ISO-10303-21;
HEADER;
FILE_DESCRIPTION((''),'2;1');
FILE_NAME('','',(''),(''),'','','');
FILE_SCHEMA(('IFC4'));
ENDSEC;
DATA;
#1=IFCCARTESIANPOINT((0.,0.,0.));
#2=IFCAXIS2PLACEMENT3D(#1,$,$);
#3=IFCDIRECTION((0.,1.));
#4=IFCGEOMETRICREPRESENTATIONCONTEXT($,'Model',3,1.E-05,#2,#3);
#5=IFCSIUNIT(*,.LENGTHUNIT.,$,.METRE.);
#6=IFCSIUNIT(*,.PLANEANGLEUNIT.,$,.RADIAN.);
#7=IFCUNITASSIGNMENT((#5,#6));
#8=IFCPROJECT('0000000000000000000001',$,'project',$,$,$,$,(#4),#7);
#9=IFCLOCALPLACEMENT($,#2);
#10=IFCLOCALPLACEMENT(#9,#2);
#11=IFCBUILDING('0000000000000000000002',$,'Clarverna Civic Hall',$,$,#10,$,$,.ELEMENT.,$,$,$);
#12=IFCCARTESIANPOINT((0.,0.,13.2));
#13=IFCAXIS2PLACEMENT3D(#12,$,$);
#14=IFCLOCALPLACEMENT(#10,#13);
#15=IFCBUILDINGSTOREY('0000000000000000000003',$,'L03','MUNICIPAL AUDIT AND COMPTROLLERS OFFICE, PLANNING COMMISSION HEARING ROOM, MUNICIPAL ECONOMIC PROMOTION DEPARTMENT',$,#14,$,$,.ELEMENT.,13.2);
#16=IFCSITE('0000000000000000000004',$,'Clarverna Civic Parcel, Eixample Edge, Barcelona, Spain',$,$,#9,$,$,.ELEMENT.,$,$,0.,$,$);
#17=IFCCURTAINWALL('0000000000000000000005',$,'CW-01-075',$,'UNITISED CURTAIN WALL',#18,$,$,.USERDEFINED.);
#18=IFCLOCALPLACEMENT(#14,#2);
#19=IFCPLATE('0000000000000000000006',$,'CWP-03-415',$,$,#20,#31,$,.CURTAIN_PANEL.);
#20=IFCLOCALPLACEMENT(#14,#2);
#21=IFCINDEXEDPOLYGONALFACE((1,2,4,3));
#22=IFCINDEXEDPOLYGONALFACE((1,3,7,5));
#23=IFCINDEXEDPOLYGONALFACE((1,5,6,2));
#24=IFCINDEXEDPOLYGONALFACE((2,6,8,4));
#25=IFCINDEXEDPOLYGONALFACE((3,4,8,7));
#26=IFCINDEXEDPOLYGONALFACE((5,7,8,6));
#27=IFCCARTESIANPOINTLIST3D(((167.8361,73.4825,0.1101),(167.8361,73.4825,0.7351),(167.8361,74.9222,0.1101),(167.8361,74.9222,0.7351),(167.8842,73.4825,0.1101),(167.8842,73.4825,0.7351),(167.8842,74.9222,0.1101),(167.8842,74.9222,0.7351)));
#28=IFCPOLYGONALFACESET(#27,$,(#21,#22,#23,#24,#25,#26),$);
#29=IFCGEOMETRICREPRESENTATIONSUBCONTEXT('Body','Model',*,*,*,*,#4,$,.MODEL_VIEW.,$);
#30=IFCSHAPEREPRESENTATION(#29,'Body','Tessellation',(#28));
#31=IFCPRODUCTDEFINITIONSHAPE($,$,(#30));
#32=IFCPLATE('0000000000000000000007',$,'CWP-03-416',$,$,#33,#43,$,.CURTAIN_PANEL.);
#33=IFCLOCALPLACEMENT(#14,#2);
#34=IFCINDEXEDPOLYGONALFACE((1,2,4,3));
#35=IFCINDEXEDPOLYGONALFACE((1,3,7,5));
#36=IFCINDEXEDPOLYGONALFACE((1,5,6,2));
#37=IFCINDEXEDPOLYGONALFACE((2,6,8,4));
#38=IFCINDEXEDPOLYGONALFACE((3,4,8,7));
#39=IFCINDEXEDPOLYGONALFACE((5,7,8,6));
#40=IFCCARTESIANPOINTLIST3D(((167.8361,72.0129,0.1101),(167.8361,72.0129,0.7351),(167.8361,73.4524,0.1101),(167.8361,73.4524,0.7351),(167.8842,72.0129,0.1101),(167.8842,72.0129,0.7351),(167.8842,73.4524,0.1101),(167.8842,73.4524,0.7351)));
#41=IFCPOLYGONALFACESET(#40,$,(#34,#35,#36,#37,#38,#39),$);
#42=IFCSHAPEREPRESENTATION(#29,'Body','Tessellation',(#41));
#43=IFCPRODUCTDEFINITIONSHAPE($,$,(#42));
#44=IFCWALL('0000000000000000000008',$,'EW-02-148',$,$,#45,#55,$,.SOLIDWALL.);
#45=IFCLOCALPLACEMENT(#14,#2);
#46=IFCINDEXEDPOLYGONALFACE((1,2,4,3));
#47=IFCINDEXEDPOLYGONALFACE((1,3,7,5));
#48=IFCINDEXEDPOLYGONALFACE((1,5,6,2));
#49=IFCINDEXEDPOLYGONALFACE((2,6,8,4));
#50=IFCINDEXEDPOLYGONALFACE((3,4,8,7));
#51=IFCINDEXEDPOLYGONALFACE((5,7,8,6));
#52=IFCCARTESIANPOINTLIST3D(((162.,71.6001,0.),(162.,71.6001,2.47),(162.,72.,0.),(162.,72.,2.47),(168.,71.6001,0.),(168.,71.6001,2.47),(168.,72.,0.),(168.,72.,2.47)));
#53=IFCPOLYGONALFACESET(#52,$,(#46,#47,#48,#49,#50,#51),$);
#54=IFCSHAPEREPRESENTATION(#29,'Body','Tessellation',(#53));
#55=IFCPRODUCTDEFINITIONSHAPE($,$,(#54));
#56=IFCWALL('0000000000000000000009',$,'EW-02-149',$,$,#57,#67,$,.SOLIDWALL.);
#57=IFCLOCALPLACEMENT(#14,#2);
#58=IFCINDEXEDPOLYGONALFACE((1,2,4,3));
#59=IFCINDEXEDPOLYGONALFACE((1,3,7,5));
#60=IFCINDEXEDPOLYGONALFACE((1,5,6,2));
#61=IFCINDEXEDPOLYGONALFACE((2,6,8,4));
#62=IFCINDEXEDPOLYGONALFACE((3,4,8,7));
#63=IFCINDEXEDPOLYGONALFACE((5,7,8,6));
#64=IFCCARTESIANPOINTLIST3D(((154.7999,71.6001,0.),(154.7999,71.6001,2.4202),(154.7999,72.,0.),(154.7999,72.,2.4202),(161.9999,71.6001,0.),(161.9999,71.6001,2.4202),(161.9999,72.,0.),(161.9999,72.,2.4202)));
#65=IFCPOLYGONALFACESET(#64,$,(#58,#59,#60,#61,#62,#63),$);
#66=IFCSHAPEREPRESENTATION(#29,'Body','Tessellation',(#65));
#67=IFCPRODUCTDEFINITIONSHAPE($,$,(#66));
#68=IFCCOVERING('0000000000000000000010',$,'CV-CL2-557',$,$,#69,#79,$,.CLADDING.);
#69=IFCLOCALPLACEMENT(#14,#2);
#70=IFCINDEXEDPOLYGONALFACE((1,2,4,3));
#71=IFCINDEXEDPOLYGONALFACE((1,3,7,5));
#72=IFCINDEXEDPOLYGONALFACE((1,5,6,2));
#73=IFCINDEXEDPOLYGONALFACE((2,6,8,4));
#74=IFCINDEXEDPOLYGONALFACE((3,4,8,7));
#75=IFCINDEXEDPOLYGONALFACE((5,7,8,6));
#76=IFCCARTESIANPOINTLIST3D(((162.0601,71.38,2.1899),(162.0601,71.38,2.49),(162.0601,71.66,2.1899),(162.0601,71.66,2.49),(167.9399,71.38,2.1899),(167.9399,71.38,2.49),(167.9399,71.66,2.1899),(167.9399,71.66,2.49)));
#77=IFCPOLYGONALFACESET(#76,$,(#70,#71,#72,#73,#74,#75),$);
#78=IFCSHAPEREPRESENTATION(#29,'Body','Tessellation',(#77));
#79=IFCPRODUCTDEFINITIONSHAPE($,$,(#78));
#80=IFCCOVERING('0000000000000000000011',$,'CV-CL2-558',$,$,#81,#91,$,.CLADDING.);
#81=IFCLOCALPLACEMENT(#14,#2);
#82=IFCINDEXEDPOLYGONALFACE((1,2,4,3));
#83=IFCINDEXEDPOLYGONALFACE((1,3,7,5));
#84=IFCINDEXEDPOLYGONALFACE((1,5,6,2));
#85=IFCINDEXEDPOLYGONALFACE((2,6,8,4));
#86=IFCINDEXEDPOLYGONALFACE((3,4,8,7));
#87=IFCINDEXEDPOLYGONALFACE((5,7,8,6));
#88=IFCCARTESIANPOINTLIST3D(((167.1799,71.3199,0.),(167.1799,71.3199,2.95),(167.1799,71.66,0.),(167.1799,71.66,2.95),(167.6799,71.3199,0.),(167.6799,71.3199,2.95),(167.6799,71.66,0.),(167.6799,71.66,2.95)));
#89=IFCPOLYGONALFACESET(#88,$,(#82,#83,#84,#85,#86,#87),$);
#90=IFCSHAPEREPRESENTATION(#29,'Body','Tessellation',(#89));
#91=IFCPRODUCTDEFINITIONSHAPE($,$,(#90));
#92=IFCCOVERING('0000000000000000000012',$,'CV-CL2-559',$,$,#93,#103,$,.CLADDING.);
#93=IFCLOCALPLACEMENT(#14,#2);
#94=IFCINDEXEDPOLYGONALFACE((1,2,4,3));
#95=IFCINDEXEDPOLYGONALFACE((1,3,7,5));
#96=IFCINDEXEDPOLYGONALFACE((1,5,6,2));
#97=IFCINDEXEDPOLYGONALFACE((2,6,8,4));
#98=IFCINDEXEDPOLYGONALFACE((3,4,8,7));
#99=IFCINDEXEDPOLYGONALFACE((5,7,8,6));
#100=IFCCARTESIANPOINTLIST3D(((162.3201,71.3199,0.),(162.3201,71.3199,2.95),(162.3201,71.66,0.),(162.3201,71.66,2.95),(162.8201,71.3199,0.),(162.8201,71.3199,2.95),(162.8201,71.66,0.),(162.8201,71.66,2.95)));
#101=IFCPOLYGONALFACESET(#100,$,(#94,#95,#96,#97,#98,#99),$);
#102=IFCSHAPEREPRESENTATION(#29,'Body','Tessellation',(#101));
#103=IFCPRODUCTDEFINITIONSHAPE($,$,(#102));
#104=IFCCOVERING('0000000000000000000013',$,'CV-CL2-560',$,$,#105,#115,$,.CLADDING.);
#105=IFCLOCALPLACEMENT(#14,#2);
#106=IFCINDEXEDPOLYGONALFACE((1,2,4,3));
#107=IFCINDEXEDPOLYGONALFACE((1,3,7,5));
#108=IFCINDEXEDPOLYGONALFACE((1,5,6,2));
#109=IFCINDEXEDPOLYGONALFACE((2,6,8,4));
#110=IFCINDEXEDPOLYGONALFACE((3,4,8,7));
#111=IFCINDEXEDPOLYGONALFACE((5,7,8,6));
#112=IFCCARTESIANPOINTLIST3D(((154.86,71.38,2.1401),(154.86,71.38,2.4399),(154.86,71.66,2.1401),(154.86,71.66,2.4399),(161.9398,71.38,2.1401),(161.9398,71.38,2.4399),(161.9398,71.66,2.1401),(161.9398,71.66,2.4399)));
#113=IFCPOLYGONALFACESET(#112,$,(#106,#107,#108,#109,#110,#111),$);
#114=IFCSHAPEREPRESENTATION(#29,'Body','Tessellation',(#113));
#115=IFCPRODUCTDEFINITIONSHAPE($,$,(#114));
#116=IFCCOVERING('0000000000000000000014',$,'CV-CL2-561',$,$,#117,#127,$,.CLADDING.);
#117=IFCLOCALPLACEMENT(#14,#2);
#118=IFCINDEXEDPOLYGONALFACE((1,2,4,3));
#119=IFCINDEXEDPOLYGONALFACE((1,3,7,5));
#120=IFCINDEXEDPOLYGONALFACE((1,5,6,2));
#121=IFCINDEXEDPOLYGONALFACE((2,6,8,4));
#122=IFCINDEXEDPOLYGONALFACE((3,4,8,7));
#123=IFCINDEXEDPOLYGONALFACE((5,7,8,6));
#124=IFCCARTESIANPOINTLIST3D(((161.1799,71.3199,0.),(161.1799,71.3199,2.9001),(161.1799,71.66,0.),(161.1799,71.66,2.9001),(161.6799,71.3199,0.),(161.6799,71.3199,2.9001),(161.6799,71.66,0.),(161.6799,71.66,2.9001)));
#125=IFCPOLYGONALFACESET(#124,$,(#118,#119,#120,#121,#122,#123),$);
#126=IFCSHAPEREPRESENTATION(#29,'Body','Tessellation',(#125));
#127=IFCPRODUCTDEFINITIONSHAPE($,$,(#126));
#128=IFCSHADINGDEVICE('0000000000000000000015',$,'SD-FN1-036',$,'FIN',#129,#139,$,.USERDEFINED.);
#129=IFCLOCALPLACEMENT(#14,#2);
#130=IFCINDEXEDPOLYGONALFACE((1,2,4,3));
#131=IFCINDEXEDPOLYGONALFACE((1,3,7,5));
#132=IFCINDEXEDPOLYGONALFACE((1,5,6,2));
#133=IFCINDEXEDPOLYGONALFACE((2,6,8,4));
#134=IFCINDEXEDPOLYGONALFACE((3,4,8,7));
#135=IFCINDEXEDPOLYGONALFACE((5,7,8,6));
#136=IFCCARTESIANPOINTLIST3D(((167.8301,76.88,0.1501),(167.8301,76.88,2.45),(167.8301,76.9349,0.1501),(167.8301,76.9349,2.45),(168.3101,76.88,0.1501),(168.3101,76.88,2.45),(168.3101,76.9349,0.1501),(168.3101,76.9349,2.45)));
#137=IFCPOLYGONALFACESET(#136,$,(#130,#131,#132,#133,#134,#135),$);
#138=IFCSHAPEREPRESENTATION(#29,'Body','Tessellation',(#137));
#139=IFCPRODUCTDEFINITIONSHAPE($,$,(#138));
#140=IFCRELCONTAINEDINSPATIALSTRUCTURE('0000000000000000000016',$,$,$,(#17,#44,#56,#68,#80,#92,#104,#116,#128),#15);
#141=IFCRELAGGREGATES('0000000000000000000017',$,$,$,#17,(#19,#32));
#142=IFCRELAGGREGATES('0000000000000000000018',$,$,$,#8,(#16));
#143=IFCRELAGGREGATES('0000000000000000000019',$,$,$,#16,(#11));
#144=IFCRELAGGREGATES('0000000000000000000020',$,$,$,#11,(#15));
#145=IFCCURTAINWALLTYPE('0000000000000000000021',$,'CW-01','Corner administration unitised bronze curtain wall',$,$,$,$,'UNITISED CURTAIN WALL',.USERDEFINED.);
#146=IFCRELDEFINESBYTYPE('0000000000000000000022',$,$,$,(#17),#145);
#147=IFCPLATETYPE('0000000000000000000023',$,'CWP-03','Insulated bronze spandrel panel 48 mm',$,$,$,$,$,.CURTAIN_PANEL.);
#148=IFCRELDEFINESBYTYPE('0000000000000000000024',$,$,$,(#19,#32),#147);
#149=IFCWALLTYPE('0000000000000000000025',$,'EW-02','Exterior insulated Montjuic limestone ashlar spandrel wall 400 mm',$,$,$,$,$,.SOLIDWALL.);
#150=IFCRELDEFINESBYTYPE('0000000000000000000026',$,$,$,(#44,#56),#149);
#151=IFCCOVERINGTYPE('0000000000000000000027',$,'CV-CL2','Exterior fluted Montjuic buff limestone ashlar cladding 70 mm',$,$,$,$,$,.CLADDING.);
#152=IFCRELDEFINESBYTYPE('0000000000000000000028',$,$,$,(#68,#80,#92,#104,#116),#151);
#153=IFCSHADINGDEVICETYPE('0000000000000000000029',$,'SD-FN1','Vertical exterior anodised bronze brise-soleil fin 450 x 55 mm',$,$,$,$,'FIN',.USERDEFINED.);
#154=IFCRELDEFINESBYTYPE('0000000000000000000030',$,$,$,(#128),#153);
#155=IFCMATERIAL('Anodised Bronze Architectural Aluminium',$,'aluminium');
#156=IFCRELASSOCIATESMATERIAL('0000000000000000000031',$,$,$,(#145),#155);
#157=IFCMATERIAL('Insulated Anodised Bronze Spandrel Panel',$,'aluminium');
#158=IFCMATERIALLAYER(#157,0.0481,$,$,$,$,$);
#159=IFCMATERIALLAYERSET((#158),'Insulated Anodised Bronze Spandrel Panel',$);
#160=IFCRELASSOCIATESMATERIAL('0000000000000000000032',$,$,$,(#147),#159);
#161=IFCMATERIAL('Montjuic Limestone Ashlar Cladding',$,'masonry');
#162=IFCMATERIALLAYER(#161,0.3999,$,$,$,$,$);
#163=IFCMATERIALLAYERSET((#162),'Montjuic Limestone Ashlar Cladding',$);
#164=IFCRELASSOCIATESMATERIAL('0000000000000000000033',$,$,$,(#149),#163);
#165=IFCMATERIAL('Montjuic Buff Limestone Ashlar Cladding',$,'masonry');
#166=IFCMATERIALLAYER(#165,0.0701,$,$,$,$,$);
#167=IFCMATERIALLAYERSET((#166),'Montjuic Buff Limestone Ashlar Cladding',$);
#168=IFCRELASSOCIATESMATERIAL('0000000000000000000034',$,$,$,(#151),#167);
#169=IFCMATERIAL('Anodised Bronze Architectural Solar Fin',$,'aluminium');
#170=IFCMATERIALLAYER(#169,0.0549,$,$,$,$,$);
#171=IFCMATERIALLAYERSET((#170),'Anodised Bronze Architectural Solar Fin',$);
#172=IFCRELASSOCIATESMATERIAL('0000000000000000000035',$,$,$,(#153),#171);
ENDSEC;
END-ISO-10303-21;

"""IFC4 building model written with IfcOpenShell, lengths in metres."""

from ifc_helpers import new_model, si_unit, direction, frame, frame_2d, origin, place, context, subcontext, project, spatial, rectangle, extrude, material, layer, layer_set, type_object, element, aggregate, save


model = new_model("IFC4")

# Units and contexts
model_context = context("Model", 3, precision=1e-05, world=origin(), true_north=direction((0.0, 1.0)))
body_context = subcontext(model_context, "Body", "Model", "MODEL_VIEW")
ifc_project = project(units=[si_unit("LENGTHUNIT", "METRE"), si_unit("PLANEANGLEUNIT", "RADIAN")], contexts=[model_context])

# Site, building, storey
site_placement = place(None, origin())
site = spatial("IfcSite", under=ifc_project, at=site_placement, Name="Clarverna Civic Parcel, Eixample Edge, Barcelona, Spain", CompositionType="ELEMENT", RefElevation=0.0)
building_placement = place(site_placement, origin())
building = spatial("IfcBuilding", under=site, at=building_placement, Name="Clarverna Civic Hall", CompositionType="ELEMENT")
storey_placement = place(building_placement, frame((0.0, 0.0, 13.2)))
storey = spatial("IfcBuildingStorey", under=building, at=storey_placement, Name="L03", Description="MUNICIPAL AUDIT AND COMPTROLLERS OFFICE, PLANNING COMMISSION HEARING ROOM, MUNICIPAL ECONOMIC PROMOTION DEPARTMENT", CompositionType="ELEMENT", Elevation=13.2)

# Shared definitions
ifc_material_1 = material(Name="Anodised Bronze Architectural Aluminium", Category="aluminium")
curtain_wall_type = type_object("IfcCurtainWallType", Name="CW-01", Description="Corner administration unitised bronze curtain wall", ElementType="UNITISED CURTAIN WALL", PredefinedType="USERDEFINED", material=ifc_material_1)

# Curtain wall
curtain_wall_1_placement = place(storey_placement, origin())
curtain_wall_1 = element("IfcCurtainWall", 1, at=curtain_wall_1_placement, inside=storey, type_object=curtain_wall_type, Name="CW-01-075", ObjectType="UNITISED CURTAIN WALL", PredefinedType="USERDEFINED")

# Plates
ifc_material_2 = material(Name="Insulated Anodised Bronze Spandrel Panel", Category="aluminium")
ifc_layer_1 = layer(ifc_material_2, 0.0481)
ifc_layer_set_1 = layer_set([ifc_layer_1], Name="Insulated Anodised Bronze Spandrel Panel")
plate_type_1 = type_object("IfcPlateType", Name="CWP-03", Description="Insulated bronze spandrel panel 48 mm", PredefinedType="CURTAIN_PANEL", material=ifc_layer_set_1)
plate_1_placement = place(storey_placement, frame((167.8601, 74.9221, 0.1101), z_axis=(0.0, 0.0, 1.0), x_axis=(0.0, -1.0, 0.0)))
plate_1 = element("IfcPlate", 2, at=plate_1_placement, type_object=plate_type_1, Name="CWP-03-415", PredefinedType="CURTAIN_PANEL", context=body_context, shape_type="SweptSolid", body=[
    extrude(rectangle(XDim=1.4397, YDim=0.0481, at=frame_2d((0.7197, 0.0))), origin(), (0.0, 0.0, 1.0), 0.625),
])
plate_2_placement = place(storey_placement, frame((167.8601, 73.4524, 0.1101), z_axis=(0.0, 0.0, 1.0), x_axis=(0.0, -1.0, 0.0)))
plate_2 = element("IfcPlate", 3, at=plate_2_placement, type_object=plate_type_1, Name="CWP-03-416", PredefinedType="CURTAIN_PANEL", context=body_context, shape_type="SweptSolid", body=[
    extrude(rectangle(XDim=1.4395, YDim=0.0481, at=frame_2d((0.7197, 0.0))), origin(), (0.0, 0.0, 1.0), 0.625),
])
aggregate(curtain_wall_1, [plate_1, plate_2])

# Walls
ifc_material_3 = material(Name="Montjuic Limestone Ashlar Cladding", Category="masonry")
ifc_layer_2 = layer(ifc_material_3, 0.3999)
ifc_layer_set_2 = layer_set([ifc_layer_2], Name="Montjuic Limestone Ashlar Cladding")
wall_type = type_object("IfcWallType", Name="EW-02", Description="Exterior insulated Montjuic limestone ashlar spandrel wall 400 mm", PredefinedType="SOLIDWALL", material=ifc_layer_set_2)
wall_1_placement = place(storey_placement, frame((168.0, 71.8, 0.0), z_axis=(0.0, 0.0, 1.0), x_axis=(-1.0, 0.0, 0.0)))
element("IfcWall", 4, at=wall_1_placement, inside=storey, type_object=wall_type, Name="EW-02-148", PredefinedType="SOLIDWALL", context=body_context, shape_type="SweptSolid", body=[
    extrude(rectangle(XDim=6.0, YDim=0.3999, at=frame_2d((3.0, 0.0))), origin(), (0.0, 0.0, 1.0), 2.47),
])
wall_2_placement = place(storey_placement, frame((162.0, 71.8, 0.0), z_axis=(0.0, 0.0, 1.0), x_axis=(-1.0, 0.0, 0.0)))
element("IfcWall", 5, at=wall_2_placement, inside=storey, type_object=wall_type, Name="EW-02-149", PredefinedType="SOLIDWALL", context=body_context, shape_type="SweptSolid", body=[
    extrude(rectangle(XDim=7.2, YDim=0.3999, at=frame_2d((3.6001, 0.0))), origin(), (0.0, 0.0, 1.0), 2.4202),
])

# Coverings
ifc_material_4 = material(Name="Montjuic Buff Limestone Ashlar Cladding", Category="masonry")
ifc_layer_3 = layer(ifc_material_4, 0.0701)
ifc_layer_set_3 = layer_set([ifc_layer_3], Name="Montjuic Buff Limestone Ashlar Cladding")
covering_type = type_object("IfcCoveringType", Name="CV-CL2", Description="Exterior fluted Montjuic buff limestone ashlar cladding 70 mm", PredefinedType="CLADDING", material=ifc_layer_set_3)
covering_1_placement = place(storey_placement, frame((167.9399, 71.52, 2.1899), z_axis=(0.0, 0.0, 1.0), x_axis=(-1.0, 0.0, 0.0)))
element("IfcCovering", 6, at=covering_1_placement, inside=storey, type_object=covering_type, Name="CV-CL2-557", PredefinedType="CLADDING", context=body_context, shape_type="SweptSolid", body=[
    extrude(rectangle(XDim=5.8799, YDim=0.28, at=frame_2d((2.9399, 0.0))), origin(), (0.0, 0.0, 1.0), 0.3),
])
for number, where, z_axis, x_axis, name in (
    (7, (167.6799, 71.49, 0.0), (0.0, 0.0, 1.0), (-1.0, 0.0, 0.0), "CV-CL2-558"),
    (8, (162.8201, 71.49, 0.0), (0.0, 0.0, 1.0), (-1.0, 0.0, 0.0), "CV-CL2-559"),
):
    element("IfcCovering", number, at=place(storey_placement, frame(where, z_axis=z_axis, x_axis=x_axis)), inside=storey, type_object=covering_type, Name=name, PredefinedType="CLADDING", context=body_context, shape_type="SweptSolid", body=[
        extrude(rectangle(XDim=0.5, YDim=0.3401, at=frame_2d((0.25, 0.0))), origin(), (0.0, 0.0, 1.0), 2.95),
    ])
covering_2_placement = place(storey_placement, frame((161.9399, 71.52, 2.1401), z_axis=(0.0, 0.0, 1.0), x_axis=(-1.0, 0.0, 0.0)))
element("IfcCovering", 9, at=covering_2_placement, inside=storey, type_object=covering_type, Name="CV-CL2-560", PredefinedType="CLADDING", context=body_context, shape_type="SweptSolid", body=[
    extrude(rectangle(XDim=7.0798, YDim=0.28, at=frame_2d((3.54, 0.0))), origin(), (0.0, 0.0, 1.0), 0.2998),
])
covering_3_placement = place(storey_placement, frame((161.6799, 71.49, 0.0), z_axis=(0.0, 0.0, 1.0), x_axis=(-1.0, 0.0, 0.0)))
element("IfcCovering", 10, at=covering_3_placement, inside=storey, type_object=covering_type, Name="CV-CL2-561", PredefinedType="CLADDING", context=body_context, shape_type="SweptSolid", body=[
    extrude(rectangle(XDim=0.5, YDim=0.3401, at=frame_2d((0.25, 0.0))), origin(), (0.0, 0.0, 1.0), 2.9001),
])

# Shading device
ifc_material_5 = material(Name="Anodised Bronze Architectural Solar Fin", Category="aluminium")
ifc_layer_4 = layer(ifc_material_5, 0.0549)
ifc_layer_set_4 = layer_set([ifc_layer_4], Name="Anodised Bronze Architectural Solar Fin")
shading_device_type = type_object("IfcShadingDeviceType", Name="SD-FN1", Description="Vertical exterior anodised bronze brise-soleil fin 450 x 55 mm", ElementType="FIN", PredefinedType="USERDEFINED", material=ifc_layer_set_4)
shading_device_placement = place(storey_placement, frame((167.8301, 76.9075, 0.1501), z_axis=(0.0, 0.0, 1.0), x_axis=(1.0, 0.0, 0.0)))
element("IfcShadingDevice", 11, at=shading_device_placement, inside=storey, type_object=shading_device_type, Name="SD-FN1-036", ObjectType="FIN", PredefinedType="USERDEFINED", context=body_context, shape_type="SweptSolid", body=[
    extrude(rectangle(XDim=0.48, YDim=0.0549, at=frame_2d((0.24, 0.0))), origin(), (0.0, 0.0, 1.0), 2.2998),
])

save(model, "model.ifc")
